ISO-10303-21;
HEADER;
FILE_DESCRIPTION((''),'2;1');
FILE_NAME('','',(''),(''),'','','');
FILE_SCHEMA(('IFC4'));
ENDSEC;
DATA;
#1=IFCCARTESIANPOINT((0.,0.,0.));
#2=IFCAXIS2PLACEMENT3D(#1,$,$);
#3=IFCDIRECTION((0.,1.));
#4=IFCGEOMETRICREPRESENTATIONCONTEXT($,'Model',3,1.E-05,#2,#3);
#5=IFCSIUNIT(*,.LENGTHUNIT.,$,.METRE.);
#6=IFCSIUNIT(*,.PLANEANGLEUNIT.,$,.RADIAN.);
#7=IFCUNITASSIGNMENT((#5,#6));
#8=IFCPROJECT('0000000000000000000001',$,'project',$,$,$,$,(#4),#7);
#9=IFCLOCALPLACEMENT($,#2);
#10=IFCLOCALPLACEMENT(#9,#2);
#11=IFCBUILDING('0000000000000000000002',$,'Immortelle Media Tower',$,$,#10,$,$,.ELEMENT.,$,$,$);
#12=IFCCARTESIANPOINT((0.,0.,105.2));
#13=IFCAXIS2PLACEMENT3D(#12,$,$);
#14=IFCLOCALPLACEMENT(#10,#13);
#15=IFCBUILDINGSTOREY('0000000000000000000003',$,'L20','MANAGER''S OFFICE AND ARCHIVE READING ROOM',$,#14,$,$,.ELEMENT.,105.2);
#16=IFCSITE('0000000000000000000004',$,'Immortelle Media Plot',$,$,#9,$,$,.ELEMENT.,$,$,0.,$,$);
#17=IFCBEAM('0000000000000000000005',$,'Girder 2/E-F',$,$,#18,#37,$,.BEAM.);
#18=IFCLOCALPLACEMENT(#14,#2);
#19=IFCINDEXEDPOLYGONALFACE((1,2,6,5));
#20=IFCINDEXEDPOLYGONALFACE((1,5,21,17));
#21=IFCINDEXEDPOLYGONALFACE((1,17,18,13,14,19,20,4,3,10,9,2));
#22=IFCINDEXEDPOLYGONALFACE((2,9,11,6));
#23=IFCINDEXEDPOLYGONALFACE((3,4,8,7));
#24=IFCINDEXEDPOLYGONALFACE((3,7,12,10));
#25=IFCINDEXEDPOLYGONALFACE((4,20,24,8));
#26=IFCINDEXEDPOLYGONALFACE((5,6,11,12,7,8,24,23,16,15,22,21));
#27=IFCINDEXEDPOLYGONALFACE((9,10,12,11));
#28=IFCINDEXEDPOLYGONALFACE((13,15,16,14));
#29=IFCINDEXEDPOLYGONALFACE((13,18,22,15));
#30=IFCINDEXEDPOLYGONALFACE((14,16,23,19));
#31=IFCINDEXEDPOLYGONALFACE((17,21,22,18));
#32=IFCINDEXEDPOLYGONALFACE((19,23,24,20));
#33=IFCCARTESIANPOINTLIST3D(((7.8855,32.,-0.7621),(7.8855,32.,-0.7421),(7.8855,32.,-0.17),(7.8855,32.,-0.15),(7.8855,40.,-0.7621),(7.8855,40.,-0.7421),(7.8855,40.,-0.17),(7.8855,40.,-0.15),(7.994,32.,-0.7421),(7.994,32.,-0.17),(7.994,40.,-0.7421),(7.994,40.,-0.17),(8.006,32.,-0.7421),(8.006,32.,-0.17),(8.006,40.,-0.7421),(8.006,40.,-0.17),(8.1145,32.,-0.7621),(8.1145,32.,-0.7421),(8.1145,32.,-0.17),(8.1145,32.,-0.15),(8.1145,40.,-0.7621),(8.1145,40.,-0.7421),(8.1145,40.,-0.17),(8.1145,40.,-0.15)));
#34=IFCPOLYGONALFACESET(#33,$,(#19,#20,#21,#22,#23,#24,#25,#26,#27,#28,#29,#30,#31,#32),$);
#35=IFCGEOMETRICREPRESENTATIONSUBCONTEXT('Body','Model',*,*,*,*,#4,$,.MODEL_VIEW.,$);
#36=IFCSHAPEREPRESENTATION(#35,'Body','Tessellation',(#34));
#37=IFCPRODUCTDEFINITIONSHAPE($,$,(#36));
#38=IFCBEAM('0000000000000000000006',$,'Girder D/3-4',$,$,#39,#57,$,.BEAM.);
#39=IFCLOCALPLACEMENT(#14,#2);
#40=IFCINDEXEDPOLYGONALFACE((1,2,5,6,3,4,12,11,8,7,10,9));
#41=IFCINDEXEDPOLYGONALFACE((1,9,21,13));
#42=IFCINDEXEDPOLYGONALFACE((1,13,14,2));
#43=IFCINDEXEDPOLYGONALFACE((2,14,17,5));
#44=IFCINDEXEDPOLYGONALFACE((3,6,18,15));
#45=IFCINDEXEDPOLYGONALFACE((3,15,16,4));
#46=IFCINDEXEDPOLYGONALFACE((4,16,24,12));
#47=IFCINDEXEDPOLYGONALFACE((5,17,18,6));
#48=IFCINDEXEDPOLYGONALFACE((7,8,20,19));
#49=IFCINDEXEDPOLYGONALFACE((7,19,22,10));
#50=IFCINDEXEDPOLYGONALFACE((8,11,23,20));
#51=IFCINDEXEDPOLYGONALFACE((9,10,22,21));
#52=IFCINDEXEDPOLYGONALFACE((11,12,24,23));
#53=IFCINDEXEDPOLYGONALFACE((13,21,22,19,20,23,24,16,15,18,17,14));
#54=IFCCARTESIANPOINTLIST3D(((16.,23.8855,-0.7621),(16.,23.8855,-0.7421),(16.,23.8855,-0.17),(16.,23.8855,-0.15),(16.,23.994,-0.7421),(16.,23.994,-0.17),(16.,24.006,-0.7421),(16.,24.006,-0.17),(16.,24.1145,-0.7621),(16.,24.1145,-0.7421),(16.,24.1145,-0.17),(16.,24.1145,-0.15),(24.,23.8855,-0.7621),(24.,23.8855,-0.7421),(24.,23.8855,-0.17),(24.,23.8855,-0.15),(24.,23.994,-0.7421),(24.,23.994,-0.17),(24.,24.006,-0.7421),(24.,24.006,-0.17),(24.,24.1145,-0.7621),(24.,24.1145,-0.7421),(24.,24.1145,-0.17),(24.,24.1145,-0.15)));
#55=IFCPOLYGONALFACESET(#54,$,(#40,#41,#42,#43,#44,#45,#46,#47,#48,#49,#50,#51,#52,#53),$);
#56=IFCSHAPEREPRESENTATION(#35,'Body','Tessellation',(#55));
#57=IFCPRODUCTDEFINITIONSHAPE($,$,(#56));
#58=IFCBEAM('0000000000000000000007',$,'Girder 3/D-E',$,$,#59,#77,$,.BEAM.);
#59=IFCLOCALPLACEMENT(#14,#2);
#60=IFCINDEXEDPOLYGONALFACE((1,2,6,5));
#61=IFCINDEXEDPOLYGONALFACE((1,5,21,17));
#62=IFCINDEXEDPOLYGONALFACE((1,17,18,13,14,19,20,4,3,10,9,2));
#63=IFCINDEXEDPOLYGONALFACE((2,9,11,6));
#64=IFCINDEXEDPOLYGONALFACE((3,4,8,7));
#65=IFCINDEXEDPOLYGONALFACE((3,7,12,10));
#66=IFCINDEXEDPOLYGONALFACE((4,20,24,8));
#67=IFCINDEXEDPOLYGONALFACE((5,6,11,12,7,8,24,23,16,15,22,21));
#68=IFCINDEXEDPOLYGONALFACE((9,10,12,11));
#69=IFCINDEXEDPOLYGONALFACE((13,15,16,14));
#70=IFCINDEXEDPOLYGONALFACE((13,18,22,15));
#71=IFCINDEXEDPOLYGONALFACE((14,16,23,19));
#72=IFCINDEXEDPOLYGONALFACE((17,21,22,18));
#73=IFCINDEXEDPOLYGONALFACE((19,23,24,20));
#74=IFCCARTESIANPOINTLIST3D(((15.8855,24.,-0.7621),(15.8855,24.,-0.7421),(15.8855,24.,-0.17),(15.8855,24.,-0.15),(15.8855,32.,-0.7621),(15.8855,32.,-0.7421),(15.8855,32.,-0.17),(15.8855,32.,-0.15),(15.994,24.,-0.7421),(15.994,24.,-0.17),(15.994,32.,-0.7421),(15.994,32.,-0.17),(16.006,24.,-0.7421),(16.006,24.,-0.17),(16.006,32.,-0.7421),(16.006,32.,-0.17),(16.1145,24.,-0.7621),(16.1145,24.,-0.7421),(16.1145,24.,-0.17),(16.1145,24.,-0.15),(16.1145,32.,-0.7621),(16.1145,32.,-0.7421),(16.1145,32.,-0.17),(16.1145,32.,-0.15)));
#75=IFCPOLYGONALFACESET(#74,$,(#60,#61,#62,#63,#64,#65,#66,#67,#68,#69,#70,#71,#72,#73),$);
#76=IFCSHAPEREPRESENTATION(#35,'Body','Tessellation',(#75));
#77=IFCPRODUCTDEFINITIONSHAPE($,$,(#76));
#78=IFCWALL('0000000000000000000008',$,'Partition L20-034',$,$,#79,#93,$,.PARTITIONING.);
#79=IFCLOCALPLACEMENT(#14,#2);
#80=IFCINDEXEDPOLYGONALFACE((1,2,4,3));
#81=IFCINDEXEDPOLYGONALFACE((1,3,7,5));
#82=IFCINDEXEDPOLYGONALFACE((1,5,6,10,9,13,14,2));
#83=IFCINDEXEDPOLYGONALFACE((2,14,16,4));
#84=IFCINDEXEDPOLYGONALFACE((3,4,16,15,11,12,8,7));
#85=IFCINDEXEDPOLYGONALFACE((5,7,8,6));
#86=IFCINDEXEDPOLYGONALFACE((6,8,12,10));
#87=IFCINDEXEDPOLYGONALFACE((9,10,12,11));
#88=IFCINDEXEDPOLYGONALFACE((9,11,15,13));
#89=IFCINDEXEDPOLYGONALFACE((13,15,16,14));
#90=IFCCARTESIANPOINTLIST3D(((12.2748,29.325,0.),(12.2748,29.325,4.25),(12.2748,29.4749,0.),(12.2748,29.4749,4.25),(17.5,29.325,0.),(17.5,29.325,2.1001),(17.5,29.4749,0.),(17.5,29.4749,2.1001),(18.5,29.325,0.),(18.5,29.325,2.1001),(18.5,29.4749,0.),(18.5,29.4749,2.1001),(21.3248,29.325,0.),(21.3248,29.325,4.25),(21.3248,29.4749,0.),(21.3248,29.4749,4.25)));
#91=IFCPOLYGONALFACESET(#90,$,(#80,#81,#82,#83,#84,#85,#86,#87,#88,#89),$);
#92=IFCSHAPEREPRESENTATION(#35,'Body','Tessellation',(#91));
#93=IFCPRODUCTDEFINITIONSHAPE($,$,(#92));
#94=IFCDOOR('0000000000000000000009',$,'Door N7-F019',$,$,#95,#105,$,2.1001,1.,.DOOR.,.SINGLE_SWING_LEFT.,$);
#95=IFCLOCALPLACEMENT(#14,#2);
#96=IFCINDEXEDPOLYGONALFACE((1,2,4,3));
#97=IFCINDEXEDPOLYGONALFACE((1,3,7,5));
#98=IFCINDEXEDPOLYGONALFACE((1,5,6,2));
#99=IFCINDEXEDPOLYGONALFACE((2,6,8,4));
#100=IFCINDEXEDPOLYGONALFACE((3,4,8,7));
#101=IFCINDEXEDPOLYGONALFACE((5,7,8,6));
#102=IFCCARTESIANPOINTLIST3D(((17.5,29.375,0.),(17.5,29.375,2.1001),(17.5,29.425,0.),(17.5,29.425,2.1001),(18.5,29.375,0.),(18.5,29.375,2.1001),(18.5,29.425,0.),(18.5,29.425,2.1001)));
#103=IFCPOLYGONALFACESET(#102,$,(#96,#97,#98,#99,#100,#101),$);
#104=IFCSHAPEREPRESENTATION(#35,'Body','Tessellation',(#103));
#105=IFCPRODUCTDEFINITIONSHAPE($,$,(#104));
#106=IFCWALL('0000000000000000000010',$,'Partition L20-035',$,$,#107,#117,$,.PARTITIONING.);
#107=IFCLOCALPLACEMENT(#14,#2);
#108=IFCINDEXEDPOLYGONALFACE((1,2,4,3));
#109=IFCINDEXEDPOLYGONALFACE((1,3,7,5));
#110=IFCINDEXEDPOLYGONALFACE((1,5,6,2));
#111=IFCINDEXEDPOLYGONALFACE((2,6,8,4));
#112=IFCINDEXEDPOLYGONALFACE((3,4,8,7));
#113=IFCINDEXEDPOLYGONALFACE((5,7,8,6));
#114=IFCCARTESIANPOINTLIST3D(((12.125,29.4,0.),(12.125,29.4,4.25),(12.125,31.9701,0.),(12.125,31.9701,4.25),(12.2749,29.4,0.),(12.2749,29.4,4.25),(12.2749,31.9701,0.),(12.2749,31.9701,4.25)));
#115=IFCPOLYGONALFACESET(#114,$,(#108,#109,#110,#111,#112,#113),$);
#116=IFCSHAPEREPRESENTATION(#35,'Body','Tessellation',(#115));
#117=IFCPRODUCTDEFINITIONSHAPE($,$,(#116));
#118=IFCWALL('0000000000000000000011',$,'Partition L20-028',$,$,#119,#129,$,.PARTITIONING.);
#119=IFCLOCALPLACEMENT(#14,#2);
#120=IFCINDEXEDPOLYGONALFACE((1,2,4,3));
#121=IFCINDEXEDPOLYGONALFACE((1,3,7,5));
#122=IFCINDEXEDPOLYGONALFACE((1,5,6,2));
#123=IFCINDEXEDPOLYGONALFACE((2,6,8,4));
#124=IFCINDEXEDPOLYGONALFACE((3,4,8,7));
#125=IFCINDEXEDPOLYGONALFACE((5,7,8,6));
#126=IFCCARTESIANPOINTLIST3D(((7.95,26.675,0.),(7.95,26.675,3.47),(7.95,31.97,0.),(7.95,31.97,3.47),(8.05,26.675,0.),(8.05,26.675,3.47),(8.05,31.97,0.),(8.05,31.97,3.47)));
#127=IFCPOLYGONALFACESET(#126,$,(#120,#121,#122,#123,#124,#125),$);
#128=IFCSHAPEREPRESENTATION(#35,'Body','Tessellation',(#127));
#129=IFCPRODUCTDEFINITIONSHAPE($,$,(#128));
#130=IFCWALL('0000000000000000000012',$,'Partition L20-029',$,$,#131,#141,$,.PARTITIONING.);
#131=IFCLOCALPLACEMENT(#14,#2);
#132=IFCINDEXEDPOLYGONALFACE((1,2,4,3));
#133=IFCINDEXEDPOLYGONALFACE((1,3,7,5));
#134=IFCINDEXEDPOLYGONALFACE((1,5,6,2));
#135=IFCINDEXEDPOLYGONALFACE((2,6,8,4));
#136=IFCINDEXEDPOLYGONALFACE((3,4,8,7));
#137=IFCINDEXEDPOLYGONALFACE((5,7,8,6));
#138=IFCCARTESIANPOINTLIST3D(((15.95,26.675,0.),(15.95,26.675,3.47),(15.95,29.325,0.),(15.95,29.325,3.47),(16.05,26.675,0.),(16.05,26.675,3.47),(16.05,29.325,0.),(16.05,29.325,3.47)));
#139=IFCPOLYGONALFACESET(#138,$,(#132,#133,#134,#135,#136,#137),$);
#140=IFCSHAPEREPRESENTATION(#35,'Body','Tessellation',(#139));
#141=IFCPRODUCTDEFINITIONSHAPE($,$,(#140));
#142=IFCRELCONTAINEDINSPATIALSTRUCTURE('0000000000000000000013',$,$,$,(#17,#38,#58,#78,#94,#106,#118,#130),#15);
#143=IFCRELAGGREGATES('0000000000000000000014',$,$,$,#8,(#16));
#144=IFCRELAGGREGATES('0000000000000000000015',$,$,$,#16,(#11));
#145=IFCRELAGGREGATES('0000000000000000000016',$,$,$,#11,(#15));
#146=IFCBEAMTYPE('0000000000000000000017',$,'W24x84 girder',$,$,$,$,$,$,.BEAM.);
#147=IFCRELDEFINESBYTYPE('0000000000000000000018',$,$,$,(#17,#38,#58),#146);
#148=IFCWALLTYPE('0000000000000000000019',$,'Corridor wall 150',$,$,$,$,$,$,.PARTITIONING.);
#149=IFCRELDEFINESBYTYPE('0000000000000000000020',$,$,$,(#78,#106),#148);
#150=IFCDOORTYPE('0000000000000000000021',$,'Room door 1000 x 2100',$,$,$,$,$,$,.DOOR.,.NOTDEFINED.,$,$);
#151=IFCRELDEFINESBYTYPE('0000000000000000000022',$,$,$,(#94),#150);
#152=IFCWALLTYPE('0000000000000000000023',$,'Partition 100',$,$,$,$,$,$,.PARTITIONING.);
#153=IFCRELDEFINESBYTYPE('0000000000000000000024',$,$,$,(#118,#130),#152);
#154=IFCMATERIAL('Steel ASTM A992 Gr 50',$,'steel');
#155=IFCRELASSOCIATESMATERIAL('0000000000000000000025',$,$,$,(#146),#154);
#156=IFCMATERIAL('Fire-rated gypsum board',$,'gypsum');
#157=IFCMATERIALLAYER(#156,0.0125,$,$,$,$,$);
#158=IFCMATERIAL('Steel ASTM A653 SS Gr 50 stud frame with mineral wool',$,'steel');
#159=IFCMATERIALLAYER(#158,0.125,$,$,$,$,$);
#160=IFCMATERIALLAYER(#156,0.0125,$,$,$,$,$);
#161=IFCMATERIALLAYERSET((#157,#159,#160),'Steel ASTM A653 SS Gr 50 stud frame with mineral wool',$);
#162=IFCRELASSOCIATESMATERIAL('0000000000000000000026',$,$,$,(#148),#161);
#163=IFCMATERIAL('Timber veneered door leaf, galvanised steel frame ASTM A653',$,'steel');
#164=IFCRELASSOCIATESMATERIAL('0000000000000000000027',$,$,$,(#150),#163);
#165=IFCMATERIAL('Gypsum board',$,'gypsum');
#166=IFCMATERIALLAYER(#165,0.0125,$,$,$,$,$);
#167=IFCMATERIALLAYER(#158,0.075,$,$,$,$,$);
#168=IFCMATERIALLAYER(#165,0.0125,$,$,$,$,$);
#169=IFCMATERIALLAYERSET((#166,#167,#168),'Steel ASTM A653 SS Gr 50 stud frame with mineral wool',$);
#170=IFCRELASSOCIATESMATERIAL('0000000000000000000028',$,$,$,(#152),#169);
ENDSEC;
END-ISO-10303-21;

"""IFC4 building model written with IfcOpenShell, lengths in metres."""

from ifc_helpers import new_model, si_unit, direction, frame, frame_2d, origin, origin_2d, place, context, subcontext, project, spatial, rectangle, i_section, extrude, material, layer, layer_set, material_profile, profile_set, type_object, element, fill, save


model = new_model("IFC4")

# Units and contexts
model_context = context("Model", 3, precision=1e-05, world=origin(), true_north=direction((0.0, 1.0)))
body_context = subcontext(model_context, "Body", "Model", "MODEL_VIEW")
ifc_project = project(units=[si_unit("LENGTHUNIT", "METRE"), si_unit("PLANEANGLEUNIT", "RADIAN")], contexts=[model_context])

# Site, building, storey
site_placement = place(None, origin())
site = spatial("IfcSite", under=ifc_project, at=site_placement, Name="Immortelle Media Plot", CompositionType="ELEMENT", RefElevation=0.0)
building_placement = place(site_placement, origin())
building = spatial("IfcBuilding", under=site, at=building_placement, Name="Immortelle Media Tower", CompositionType="ELEMENT")
storey_placement = place(building_placement, frame((0.0, 0.0, 105.2)))
storey = spatial("IfcBuildingStorey", under=building, at=storey_placement, Name="L20", Description="MANAGER'S OFFICE AND ARCHIVE READING ROOM", CompositionType="ELEMENT", Elevation=105.2)

# Shared definitions
ifc_material_1 = material(Name="Steel ASTM A992 Gr 50", Category="steel")

# Beams
ifc_material_profile_1 = material_profile(ifc_material_1, i_section(OverallWidth=0.229, OverallDepth=0.6121, WebThickness=0.012, FlangeThickness=0.02, at=origin_2d()), Name="W24x84")
ifc_profile_set_1 = profile_set([ifc_material_profile_1], Name="Steel ASTM A992 Gr 50")
beam_type_1 = type_object("IfcBeamType", Name="W24x84 girder", PredefinedType="BEAM", material=ifc_profile_set_1)
for number, where, z_axis, x_axis, name in (
    (1, (8.0, 32.0, -0.4561), (0.0, 1.0, 0.0), (-1.0, 0.0, 0.0), "Girder 2/E-F"),
    (2, (16.0, 24.0, -0.4561), (1.0, 0.0, 0.0), (0.0, 1.0, 0.0), "Girder D/3-4"),
    (3, (16.0, 24.0, -0.4561), (0.0, 1.0, 0.0), (-1.0, 0.0, 0.0), "Girder 3/D-E"),
):
    element("IfcBeam", number, at=place(storey_placement, frame(where, z_axis=z_axis, x_axis=x_axis)), inside=storey, type_object=beam_type_1, Name=name, PredefinedType="BEAM", context=body_context, shape_type="SweptSolid", body=[
        extrude(i_section(OverallWidth=0.229, OverallDepth=0.6121, WebThickness=0.012, FlangeThickness=0.02, at=origin_2d()), origin(), (0.0, 0.0, 1.0), 8.0),
    ])

# Wall, opening, door
ifc_material_2 = material(Name="Fire-rated gypsum board", Category="gypsum")
ifc_layer_1 = layer(ifc_material_2, 0.0125)
ifc_material_3 = material(Name="Steel ASTM A653 SS Gr 50 stud frame with mineral wool", Category="steel")
ifc_layer_2 = layer(ifc_material_3, 0.125)
ifc_layer_3 = layer(ifc_material_2, 0.0125)
ifc_layer_set_1 = layer_set([ifc_layer_1, ifc_layer_2, ifc_layer_3], Name="Steel ASTM A653 SS Gr 50 stud frame with mineral wool")
wall_type_1 = type_object("IfcWallType", Name="Corridor wall 150", PredefinedType="PARTITIONING", material=ifc_layer_set_1)
wall_1_placement = place(storey_placement, frame((12.2749, 29.3999, 0.0), z_axis=(0.0, 0.0, 1.0), x_axis=(1.0, 0.0, 0.0)))
wall_1 = element("IfcWall", 4, at=wall_1_placement, inside=storey, type_object=wall_type_1, Name="Partition L20-034", PredefinedType="PARTITIONING", context=body_context, shape_type="SweptSolid", body=[
    extrude(rectangle(XDim=9.05, YDim=0.1499, at=frame_2d((4.5249, 0.0))), origin(), (0.0, 0.0, 1.0), 4.25),
])
opening_placement = place(wall_1_placement, frame((6.2251, 0.0, 0.0), z_axis=(0.0, 0.0, 1.0), x_axis=(-1.0, 0.0, 0.0)))
opening = element("IfcOpeningElement", 5, at=opening_placement, cuts=wall_1, PredefinedType="OPENING", context=body_context, shape_type="SweptSolid", body=[
    extrude(rectangle(XDim=1.0, YDim=2.1001, at=frame_2d((0.5, 1.05))), frame((0.0, 0.085, 0.0), z_axis=(0.0, -1.0, 0.0), x_axis=(1.0, 0.0, 0.0)), (0.0, 0.0, 1.0), 0.1699),
])
ifc_material_4 = material(Name="Timber veneered door leaf, galvanised steel frame ASTM A653", Category="steel")
door_type = type_object("IfcDoorType", Name="Room door 1000 x 2100", OperationType="NOTDEFINED", PredefinedType="DOOR", material=ifc_material_4)
door_placement = place(opening_placement, origin())
door = element("IfcDoor", 6, at=door_placement, inside=storey, type_object=door_type, Name="Door N7-F019", OperationType="SINGLE_SWING_LEFT", OverallHeight=2.1001, OverallWidth=1.0, PredefinedType="DOOR", context=body_context, shape_type="SweptSolid", body=[
    extrude(rectangle(XDim=1.0, YDim=2.1001, at=frame_2d((0.5, 1.05))), frame((0.0, 0.0249, 0.0), z_axis=(0.0, -1.0, 0.0), x_axis=(1.0, 0.0, 0.0)), (0.0, 0.0, 1.0), 0.05),
])
fill(opening, door)

# Walls
wall_2_placement = place(storey_placement, frame((12.2, 29.3999, 0.0), z_axis=(0.0, 0.0, 1.0), x_axis=(0.0, 1.0, 0.0)))
element("IfcWall", 7, at=wall_2_placement, inside=storey, type_object=wall_type_1, Name="Partition L20-035", PredefinedType="PARTITIONING", context=body_context, shape_type="SweptSolid", body=[
    extrude(rectangle(XDim=2.5701, YDim=0.1499, at=frame_2d((1.2852, 0.0))), origin(), (0.0, 0.0, 1.0), 4.25),
])
ifc_material_5 = material(Name="Gypsum board", Category="gypsum")
ifc_layer_4 = layer(ifc_material_5, 0.0125)
ifc_layer_5 = layer(ifc_material_3, 0.075)
ifc_layer_6 = layer(ifc_material_5, 0.0125)
ifc_layer_set_2 = layer_set([ifc_layer_4, ifc_layer_5, ifc_layer_6], Name="Steel ASTM A653 SS Gr 50 stud frame with mineral wool")
wall_type_2 = type_object("IfcWallType", Name="Partition 100", PredefinedType="PARTITIONING", material=ifc_layer_set_2)
wall_3_placement = place(storey_placement, frame((8.0, 26.675, 0.0), z_axis=(0.0, 0.0, 1.0), x_axis=(0.0, 1.0, 0.0)))
element("IfcWall", 8, at=wall_3_placement, inside=storey, type_object=wall_type_2, Name="Partition L20-028", PredefinedType="PARTITIONING", context=body_context, shape_type="SweptSolid", body=[
    extrude(rectangle(XDim=5.2949, YDim=0.1001, at=frame_2d((2.6475, 0.0))), origin(), (0.0, 0.0, 1.0), 3.47),
])
wall_4_placement = place(storey_placement, frame((16.0, 26.675, 0.0), z_axis=(0.0, 0.0, 1.0), x_axis=(0.0, 1.0, 0.0)))
element("IfcWall", 9, at=wall_4_placement, inside=storey, type_object=wall_type_2, Name="Partition L20-029", PredefinedType="PARTITIONING", context=body_context, shape_type="SweptSolid", body=[
    extrude(rectangle(XDim=2.6499, YDim=0.1001, at=frame_2d((1.325, 0.0))), origin(), (0.0, 0.0, 1.0), 3.47),
])

save(model, "model.ifc")
